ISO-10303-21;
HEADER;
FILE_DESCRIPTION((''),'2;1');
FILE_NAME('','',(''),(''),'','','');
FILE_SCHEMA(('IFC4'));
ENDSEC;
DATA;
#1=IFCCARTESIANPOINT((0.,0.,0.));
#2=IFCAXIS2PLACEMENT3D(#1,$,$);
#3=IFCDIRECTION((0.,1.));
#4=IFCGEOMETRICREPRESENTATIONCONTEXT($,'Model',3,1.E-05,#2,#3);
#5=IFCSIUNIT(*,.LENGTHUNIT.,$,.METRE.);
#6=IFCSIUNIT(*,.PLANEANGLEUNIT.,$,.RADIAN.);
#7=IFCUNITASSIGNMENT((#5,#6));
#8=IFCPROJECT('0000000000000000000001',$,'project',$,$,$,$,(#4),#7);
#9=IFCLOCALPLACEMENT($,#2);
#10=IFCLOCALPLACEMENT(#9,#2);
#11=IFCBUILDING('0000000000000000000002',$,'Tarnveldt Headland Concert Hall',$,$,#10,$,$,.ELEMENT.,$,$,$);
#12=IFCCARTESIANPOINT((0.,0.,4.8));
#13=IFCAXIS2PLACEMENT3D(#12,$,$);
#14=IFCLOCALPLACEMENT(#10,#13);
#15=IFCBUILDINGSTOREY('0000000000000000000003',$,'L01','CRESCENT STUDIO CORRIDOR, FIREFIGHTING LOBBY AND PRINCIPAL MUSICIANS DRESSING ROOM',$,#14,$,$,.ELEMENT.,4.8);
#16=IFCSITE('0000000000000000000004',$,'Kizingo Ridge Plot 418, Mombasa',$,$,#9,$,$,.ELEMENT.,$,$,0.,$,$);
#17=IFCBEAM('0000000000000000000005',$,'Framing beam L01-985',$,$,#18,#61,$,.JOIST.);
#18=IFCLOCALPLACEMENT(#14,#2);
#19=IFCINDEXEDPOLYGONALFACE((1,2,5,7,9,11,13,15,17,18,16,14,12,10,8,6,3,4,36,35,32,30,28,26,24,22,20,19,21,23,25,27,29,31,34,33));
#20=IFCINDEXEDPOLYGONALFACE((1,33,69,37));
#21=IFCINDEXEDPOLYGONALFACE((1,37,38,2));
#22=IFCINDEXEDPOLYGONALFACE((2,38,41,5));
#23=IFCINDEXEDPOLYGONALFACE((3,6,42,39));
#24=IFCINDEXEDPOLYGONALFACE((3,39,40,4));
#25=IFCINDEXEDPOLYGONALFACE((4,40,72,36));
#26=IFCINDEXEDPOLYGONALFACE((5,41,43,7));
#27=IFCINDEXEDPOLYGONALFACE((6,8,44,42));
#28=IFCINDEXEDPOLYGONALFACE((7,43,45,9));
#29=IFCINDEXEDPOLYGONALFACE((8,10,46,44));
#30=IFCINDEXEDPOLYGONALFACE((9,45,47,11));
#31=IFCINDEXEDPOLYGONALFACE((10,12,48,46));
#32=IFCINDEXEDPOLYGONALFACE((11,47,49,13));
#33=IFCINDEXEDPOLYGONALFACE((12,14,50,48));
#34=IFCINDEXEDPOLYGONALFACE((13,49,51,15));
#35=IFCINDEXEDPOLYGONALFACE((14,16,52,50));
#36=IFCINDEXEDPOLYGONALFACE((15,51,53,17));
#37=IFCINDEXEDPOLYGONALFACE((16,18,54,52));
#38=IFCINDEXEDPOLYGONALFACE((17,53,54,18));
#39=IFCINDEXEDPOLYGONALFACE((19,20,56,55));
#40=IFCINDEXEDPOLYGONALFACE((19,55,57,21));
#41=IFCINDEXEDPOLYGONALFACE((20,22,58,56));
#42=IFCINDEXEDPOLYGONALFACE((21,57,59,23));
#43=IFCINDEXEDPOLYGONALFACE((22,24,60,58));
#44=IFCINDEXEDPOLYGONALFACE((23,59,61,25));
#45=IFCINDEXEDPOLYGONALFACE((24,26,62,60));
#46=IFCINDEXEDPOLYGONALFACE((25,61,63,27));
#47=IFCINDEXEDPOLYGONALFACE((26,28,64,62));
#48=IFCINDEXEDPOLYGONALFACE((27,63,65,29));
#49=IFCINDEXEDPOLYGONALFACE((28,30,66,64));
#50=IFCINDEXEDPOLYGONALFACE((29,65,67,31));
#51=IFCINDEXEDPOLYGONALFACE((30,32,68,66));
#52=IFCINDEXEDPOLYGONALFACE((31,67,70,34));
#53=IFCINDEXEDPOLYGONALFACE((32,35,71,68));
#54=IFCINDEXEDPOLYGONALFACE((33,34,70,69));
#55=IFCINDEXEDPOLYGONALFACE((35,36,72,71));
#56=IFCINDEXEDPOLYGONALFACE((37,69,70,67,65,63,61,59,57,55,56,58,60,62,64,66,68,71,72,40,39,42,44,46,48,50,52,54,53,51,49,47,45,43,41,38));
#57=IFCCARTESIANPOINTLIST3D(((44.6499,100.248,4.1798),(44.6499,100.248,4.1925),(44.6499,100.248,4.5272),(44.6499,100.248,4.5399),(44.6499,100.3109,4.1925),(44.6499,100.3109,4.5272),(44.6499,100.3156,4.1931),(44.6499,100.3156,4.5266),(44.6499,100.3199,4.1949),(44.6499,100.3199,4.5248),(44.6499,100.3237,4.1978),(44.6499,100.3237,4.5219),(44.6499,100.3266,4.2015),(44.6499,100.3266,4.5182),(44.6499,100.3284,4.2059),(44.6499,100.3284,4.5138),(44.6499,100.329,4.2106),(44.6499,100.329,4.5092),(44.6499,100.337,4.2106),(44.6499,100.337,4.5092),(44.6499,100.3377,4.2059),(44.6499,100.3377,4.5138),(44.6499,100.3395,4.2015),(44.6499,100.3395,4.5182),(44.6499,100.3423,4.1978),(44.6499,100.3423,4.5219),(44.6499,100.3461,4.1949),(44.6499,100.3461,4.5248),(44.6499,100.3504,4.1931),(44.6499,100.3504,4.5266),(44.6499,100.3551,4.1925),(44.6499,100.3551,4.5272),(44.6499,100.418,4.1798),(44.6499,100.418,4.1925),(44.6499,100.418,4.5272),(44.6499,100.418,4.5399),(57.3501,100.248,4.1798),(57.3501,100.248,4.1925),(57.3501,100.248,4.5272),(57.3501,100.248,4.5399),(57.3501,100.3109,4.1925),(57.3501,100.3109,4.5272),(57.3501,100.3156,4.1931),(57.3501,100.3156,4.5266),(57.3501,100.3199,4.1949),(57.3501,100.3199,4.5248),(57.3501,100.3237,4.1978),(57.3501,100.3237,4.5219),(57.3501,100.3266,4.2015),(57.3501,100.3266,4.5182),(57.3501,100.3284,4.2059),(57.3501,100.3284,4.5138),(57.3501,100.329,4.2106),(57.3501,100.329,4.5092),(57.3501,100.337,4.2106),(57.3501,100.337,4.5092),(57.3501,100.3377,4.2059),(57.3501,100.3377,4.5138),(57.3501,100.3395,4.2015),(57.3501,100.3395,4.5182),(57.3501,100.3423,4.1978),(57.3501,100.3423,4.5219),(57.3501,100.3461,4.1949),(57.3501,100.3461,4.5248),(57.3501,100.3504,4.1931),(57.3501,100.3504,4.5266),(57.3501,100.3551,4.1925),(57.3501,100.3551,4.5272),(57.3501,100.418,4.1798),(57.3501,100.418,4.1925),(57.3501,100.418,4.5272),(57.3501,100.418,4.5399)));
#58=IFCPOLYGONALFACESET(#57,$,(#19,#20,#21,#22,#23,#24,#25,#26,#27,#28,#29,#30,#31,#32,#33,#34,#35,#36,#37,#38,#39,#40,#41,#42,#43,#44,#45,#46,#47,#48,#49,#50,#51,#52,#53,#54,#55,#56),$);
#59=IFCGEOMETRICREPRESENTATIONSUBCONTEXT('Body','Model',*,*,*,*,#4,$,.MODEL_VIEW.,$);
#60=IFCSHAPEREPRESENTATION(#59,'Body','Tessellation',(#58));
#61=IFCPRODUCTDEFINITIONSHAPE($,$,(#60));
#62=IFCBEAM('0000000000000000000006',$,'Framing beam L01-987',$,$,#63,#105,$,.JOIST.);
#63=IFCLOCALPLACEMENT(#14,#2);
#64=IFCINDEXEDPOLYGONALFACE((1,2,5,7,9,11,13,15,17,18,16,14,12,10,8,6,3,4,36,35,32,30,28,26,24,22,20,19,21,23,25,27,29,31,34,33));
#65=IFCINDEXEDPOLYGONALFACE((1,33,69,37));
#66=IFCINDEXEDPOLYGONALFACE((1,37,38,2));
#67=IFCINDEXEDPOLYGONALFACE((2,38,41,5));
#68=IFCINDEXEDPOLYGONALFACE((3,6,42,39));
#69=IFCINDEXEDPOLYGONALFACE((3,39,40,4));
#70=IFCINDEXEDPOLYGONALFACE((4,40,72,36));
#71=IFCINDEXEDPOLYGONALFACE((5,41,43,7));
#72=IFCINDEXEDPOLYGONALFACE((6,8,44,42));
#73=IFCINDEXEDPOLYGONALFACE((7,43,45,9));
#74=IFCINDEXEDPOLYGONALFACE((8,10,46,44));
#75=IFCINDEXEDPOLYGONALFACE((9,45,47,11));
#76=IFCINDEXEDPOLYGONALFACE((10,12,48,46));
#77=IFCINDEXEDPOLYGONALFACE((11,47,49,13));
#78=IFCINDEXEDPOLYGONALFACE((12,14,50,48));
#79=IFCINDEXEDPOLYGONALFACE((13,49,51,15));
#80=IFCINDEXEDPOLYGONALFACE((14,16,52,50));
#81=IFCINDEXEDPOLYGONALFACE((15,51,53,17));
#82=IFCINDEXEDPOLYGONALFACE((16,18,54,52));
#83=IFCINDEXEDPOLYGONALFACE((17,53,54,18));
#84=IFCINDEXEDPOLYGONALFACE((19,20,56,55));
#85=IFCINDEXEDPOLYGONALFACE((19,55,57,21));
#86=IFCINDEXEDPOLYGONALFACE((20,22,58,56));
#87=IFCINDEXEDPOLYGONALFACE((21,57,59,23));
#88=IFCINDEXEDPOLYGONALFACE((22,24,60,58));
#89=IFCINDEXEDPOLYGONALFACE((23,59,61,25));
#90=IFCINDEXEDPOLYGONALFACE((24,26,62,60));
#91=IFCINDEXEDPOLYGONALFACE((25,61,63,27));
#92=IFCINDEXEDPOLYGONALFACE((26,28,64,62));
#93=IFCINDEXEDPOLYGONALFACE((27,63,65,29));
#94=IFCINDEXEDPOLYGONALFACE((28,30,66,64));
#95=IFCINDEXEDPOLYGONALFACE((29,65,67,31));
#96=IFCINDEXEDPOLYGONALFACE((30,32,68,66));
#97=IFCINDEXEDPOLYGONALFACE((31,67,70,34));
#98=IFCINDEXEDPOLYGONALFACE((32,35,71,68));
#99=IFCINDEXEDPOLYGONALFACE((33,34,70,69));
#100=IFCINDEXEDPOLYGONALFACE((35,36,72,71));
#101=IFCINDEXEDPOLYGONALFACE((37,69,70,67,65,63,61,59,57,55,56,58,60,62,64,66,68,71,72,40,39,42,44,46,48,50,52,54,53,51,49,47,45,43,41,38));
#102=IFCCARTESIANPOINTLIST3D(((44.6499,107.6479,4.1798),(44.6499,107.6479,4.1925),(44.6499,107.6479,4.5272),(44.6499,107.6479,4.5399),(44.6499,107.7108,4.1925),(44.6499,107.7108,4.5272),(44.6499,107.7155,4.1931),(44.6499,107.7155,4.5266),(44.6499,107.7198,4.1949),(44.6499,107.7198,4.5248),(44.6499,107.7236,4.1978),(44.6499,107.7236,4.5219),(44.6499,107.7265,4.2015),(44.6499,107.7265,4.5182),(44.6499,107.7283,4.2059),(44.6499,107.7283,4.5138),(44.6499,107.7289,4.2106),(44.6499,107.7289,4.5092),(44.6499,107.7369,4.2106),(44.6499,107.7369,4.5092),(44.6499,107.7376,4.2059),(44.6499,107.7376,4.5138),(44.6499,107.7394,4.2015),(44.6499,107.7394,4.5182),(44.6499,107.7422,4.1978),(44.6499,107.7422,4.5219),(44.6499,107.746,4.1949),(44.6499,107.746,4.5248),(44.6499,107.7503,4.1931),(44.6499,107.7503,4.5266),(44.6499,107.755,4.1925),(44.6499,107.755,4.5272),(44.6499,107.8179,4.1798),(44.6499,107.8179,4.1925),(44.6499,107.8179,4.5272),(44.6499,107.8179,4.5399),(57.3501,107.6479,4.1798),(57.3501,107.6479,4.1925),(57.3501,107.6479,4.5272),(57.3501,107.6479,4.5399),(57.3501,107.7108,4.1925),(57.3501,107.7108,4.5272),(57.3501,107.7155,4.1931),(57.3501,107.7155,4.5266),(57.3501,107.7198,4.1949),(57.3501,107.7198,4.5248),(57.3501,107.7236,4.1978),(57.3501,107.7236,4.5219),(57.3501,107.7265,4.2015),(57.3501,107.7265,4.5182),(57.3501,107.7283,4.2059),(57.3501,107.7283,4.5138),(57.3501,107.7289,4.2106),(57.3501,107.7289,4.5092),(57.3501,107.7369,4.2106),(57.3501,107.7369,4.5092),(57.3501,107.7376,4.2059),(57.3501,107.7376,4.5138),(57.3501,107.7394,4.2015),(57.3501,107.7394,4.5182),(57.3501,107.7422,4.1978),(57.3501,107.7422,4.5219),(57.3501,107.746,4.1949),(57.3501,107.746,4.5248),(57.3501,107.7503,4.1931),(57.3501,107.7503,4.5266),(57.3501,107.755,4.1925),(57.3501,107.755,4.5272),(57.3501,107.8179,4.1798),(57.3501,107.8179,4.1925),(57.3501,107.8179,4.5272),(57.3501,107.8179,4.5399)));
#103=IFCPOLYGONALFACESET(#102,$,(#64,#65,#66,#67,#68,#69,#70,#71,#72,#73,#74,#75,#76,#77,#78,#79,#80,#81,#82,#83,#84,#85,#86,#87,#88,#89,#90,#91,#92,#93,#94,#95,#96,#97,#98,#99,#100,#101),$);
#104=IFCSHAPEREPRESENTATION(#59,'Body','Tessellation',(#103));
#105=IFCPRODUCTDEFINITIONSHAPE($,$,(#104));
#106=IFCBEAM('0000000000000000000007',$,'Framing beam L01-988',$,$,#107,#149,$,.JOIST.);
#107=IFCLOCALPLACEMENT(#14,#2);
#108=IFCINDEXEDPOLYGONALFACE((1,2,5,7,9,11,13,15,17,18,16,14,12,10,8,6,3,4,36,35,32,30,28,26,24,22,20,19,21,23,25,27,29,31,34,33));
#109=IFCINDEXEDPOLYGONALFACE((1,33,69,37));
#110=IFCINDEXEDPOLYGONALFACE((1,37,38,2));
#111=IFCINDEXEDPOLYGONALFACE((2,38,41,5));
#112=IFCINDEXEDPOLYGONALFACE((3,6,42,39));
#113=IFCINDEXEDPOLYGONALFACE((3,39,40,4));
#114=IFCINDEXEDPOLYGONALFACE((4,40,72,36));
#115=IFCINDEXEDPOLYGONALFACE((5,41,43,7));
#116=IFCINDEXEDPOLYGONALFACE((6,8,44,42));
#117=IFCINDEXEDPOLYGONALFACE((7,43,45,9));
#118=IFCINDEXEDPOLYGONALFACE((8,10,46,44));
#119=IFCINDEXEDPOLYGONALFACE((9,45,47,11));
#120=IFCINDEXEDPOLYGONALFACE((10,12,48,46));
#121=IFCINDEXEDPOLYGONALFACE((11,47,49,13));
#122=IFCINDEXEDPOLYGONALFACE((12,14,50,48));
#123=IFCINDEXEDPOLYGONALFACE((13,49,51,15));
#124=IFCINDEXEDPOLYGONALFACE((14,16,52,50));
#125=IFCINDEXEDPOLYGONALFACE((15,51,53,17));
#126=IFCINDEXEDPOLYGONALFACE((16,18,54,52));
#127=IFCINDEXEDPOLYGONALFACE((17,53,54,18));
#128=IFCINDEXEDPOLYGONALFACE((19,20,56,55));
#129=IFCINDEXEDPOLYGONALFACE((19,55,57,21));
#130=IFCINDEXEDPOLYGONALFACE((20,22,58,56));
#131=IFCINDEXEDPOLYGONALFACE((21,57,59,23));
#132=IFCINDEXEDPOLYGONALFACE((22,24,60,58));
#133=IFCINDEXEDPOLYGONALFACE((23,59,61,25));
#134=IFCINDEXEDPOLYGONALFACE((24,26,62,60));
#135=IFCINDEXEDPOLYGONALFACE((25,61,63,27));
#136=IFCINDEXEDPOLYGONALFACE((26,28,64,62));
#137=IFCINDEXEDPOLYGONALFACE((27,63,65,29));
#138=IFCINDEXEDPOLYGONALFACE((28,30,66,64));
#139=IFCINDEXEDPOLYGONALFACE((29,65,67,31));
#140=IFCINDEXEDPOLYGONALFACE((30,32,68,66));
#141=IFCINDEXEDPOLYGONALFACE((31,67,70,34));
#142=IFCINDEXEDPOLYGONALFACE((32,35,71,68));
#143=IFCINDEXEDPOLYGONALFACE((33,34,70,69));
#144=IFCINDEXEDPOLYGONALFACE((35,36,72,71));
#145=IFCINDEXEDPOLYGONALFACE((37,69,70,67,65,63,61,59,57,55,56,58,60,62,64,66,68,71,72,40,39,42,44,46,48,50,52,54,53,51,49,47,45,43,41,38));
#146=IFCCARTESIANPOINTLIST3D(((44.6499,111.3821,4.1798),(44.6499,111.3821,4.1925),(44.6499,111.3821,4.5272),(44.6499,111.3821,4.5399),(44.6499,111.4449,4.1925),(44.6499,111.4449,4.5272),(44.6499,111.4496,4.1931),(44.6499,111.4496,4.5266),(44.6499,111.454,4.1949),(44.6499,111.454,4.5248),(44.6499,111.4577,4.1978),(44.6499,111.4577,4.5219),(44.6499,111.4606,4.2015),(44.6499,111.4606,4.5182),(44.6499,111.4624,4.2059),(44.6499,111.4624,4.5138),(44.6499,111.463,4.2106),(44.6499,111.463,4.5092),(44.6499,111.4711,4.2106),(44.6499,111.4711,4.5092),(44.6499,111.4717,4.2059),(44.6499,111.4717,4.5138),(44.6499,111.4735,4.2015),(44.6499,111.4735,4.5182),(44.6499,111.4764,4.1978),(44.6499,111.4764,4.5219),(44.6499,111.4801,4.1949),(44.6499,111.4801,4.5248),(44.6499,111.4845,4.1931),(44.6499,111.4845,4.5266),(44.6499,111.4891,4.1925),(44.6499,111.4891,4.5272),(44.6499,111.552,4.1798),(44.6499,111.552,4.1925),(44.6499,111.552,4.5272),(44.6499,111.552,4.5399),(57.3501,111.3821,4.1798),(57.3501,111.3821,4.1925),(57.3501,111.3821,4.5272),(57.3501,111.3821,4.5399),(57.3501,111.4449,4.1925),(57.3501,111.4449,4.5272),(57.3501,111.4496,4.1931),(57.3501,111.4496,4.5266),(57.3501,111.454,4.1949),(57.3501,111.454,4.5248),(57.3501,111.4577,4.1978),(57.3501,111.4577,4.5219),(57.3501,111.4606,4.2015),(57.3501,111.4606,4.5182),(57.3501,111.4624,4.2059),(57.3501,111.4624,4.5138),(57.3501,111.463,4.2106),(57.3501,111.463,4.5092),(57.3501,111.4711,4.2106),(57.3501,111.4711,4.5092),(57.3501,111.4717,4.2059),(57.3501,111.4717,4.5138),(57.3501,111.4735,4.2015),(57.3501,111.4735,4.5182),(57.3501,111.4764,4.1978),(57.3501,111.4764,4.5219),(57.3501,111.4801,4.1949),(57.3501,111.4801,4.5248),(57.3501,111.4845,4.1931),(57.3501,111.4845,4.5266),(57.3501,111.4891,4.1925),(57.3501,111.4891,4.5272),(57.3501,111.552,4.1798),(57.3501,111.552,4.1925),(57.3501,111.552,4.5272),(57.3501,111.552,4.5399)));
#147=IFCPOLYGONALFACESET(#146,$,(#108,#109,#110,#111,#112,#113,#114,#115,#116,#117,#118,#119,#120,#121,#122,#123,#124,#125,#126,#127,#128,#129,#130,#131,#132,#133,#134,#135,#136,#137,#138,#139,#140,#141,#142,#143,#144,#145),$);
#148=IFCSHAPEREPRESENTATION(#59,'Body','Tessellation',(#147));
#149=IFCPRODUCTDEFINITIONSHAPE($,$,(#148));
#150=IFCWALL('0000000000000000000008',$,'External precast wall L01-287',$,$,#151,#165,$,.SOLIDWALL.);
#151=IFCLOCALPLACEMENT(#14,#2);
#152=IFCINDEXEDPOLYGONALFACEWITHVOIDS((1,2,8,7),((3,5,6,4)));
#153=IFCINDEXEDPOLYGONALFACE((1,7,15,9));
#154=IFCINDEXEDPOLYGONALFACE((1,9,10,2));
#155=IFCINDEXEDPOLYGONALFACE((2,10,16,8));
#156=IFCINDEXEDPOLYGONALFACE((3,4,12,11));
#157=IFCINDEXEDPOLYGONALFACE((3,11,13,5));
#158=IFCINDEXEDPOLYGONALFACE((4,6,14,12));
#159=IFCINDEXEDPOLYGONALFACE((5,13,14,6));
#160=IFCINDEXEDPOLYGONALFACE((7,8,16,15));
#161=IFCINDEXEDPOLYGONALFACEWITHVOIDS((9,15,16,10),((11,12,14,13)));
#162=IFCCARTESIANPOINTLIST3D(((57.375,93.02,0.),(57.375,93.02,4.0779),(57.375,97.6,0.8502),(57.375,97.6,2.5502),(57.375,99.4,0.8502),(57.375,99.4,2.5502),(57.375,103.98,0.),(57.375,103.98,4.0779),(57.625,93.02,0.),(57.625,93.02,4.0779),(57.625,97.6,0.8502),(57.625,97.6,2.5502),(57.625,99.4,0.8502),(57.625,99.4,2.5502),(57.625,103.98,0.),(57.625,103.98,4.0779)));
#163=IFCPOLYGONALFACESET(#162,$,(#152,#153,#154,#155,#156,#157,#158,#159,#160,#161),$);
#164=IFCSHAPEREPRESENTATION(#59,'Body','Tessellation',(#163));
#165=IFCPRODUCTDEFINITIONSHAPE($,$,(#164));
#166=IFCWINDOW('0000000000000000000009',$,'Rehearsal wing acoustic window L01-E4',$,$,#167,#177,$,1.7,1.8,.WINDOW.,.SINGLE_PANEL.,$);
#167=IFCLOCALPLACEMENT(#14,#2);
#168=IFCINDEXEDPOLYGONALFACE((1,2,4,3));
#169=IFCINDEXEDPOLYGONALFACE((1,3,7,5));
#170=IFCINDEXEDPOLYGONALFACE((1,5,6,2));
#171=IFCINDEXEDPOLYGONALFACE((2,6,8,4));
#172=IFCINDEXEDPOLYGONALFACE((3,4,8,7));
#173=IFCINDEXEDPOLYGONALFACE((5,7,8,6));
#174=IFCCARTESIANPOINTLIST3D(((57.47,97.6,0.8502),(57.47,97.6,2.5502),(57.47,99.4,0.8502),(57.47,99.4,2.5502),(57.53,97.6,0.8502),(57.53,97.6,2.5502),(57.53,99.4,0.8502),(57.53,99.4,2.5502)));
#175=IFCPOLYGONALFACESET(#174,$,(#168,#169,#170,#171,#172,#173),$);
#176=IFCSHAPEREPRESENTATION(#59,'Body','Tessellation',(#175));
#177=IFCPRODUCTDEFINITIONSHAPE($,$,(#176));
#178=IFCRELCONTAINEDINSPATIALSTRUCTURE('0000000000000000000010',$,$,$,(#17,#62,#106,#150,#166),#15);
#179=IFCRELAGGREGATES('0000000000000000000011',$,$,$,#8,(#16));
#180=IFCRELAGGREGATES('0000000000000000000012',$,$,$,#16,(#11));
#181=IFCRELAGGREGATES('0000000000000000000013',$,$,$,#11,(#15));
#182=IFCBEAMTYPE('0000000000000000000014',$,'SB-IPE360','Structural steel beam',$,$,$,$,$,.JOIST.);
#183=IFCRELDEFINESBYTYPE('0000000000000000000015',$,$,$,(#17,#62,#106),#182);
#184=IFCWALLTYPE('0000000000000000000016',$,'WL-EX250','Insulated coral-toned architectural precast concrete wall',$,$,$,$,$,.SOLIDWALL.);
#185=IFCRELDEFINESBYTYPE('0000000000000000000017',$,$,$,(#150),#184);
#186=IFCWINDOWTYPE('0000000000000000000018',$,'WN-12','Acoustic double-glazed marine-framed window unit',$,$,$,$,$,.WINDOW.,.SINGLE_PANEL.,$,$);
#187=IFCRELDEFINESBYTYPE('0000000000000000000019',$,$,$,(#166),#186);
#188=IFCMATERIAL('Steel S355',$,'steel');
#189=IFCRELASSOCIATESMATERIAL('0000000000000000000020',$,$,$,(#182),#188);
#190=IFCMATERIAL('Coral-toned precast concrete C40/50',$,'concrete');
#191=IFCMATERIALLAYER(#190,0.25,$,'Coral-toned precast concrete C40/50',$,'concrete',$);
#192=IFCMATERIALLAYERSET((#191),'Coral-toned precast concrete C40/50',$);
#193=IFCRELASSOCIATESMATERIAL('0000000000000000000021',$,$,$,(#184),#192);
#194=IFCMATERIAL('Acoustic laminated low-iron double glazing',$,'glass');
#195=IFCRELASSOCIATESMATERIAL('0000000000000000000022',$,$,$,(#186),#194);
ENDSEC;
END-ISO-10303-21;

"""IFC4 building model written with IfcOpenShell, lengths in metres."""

from ifc_helpers import new_model, si_unit, direction, frame, frame_2d, origin, origin_2d, place, context, subcontext, project, spatial, rectangle, i_section, extrude, material, layer, layer_set, material_profile, profile_set, type_object, element, fill, save


model = new_model("IFC4")

# Units and contexts
model_context = context("Model", 3, precision=1e-05, world=origin(), true_north=direction((0.0, 1.0)))
body_context = subcontext(model_context, "Body", "Model", "MODEL_VIEW")
ifc_project = project(units=[si_unit("LENGTHUNIT", "METRE"), si_unit("PLANEANGLEUNIT", "RADIAN")], contexts=[model_context])

# Site, building, storey
site_placement = place(None, origin())
site = spatial("IfcSite", under=ifc_project, at=site_placement, Name="Kizingo Ridge Plot 418, Mombasa", CompositionType="ELEMENT", RefElevation=0.0)
building_placement = place(site_placement, origin())
building = spatial("IfcBuilding", under=site, at=building_placement, Name="Tarnveldt Headland Concert Hall", CompositionType="ELEMENT")
storey_placement = place(building_placement, frame((0.0, 0.0, 4.8)))
storey = spatial("IfcBuildingStorey", under=building, at=storey_placement, Name="L01", Description="CRESCENT STUDIO CORRIDOR, FIREFIGHTING LOBBY AND PRINCIPAL MUSICIANS DRESSING ROOM", CompositionType="ELEMENT", Elevation=4.8)

# Shared definitions
ifc_material_1 = material(Name="Steel S355", Category="steel")

# Beams
ifc_material_profile_1 = material_profile(ifc_material_1, i_section(OverallWidth=0.1699, OverallDepth=0.3601, WebThickness=0.0081, FlangeThickness=0.0127, FilletRadius=0.0181, at=origin_2d()), Name="IPE360", Category="steel")
ifc_profile_set_1 = profile_set([ifc_material_profile_1], Name="Steel S355")
beam_type_1 = type_object("IfcBeamType", Name="SB-IPE360", Description="Structural steel beam", PredefinedType="JOIST", material=ifc_profile_set_1)
for number, where, z_axis, x_axis, name in (
    (1, (44.6499, 100.333, 4.3599), (1.0, 0.0, 0.0), (0.0, 1.0, 0.0), "Framing beam L01-985"),
    (2, (44.6499, 107.7329, 4.3599), (1.0, 0.0, 0.0), (0.0, 1.0, 0.0), "Framing beam L01-987"),
    (3, (44.6499, 111.467, 4.3599), (1.0, 0.0, 0.0), (0.0, 1.0, 0.0), "Framing beam L01-988"),
):
    element("IfcBeam", number, at=place(storey_placement, frame(where, z_axis=z_axis, x_axis=x_axis)), inside=storey, type_object=beam_type_1, Name=name, PredefinedType="JOIST", context=body_context, shape_type="SweptSolid", body=[
        extrude(i_section(OverallWidth=0.1699, OverallDepth=0.3601, WebThickness=0.0081, FlangeThickness=0.0127, FilletRadius=0.0181, at=origin_2d()), origin(), (0.0, 0.0, 1.0), 12.7002),
    ])

# Wall, opening, window
ifc_material_2 = material(Name="Coral-toned precast concrete C40/50", Category="concrete")
ifc_layer_1 = layer(ifc_material_2, 0.25, Name="Coral-toned precast concrete C40/50", Category="concrete")
ifc_layer_set_1 = layer_set([ifc_layer_1], Name="Coral-toned precast concrete C40/50")
wall_type = type_object("IfcWallType", Name="WL-EX250", Description="Insulated coral-toned architectural precast concrete wall", PredefinedType="SOLIDWALL", material=ifc_layer_set_1)
wall_1_placement = place(storey_placement, frame((57.5, 103.98, 0.0), z_axis=(0.0, 0.0, 1.0), x_axis=(0.0, -1.0, 0.0)))
wall_1 = element("IfcWall", 4, at=wall_1_placement, inside=storey, type_object=wall_type, Name="External precast wall L01-287", PredefinedType="SOLIDWALL", context=body_context, shape_type="SweptSolid", body=[
    extrude(rectangle(XDim=10.96, YDim=0.25, at=frame_2d((5.48, 0.0))), origin(), (0.0, 0.0, 1.0), 4.0779),
])
opening_1_placement = place(wall_1_placement, frame((4.5801, 0.0, 0.8501)))
opening_1 = element("IfcOpeningElement", 5, at=opening_1_placement, cuts=wall_1, PredefinedType="OPENING", context=body_context, shape_type="SweptSolid", body=[
    extrude(rectangle(XDim=1.8, YDim=1.7, at=frame_2d((0.8999, 0.8501))), frame((0.0, 0.135, 0.0), z_axis=(0.0, -1.0, 0.0), x_axis=(1.0, 0.0, 0.0)), (0.0, 0.0, 1.0), 0.27),
])
ifc_material_3 = material(Name="Acoustic laminated low-iron double glazing", Category="glass")
window_type_1 = type_object("IfcWindowType", Name="WN-12", Description="Acoustic double-glazed marine-framed window unit", PartitioningType="SINGLE_PANEL", PredefinedType="WINDOW", material=ifc_material_3)
window_1_placement = place(opening_1_placement, origin())
window_1 = element("IfcWindow", 6, at=window_1_placement, inside=storey, type_object=window_type_1, Name="Rehearsal wing acoustic window L01-E4", OverallHeight=1.7, OverallWidth=1.8, PartitioningType="SINGLE_PANEL", PredefinedType="WINDOW", context=body_context, shape_type="SweptSolid", body=[
    extrude(rectangle(XDim=1.8, YDim=1.7, at=frame_2d((0.8999, 0.8501))), frame((0.0, 0.03, 0.0), z_axis=(0.0, -1.0, 0.0), x_axis=(1.0, 0.0, 0.0)), (0.0, 0.0, 1.0), 0.0601),
])
fill(opening_1, window_1)

save(model, "model.ifc")
